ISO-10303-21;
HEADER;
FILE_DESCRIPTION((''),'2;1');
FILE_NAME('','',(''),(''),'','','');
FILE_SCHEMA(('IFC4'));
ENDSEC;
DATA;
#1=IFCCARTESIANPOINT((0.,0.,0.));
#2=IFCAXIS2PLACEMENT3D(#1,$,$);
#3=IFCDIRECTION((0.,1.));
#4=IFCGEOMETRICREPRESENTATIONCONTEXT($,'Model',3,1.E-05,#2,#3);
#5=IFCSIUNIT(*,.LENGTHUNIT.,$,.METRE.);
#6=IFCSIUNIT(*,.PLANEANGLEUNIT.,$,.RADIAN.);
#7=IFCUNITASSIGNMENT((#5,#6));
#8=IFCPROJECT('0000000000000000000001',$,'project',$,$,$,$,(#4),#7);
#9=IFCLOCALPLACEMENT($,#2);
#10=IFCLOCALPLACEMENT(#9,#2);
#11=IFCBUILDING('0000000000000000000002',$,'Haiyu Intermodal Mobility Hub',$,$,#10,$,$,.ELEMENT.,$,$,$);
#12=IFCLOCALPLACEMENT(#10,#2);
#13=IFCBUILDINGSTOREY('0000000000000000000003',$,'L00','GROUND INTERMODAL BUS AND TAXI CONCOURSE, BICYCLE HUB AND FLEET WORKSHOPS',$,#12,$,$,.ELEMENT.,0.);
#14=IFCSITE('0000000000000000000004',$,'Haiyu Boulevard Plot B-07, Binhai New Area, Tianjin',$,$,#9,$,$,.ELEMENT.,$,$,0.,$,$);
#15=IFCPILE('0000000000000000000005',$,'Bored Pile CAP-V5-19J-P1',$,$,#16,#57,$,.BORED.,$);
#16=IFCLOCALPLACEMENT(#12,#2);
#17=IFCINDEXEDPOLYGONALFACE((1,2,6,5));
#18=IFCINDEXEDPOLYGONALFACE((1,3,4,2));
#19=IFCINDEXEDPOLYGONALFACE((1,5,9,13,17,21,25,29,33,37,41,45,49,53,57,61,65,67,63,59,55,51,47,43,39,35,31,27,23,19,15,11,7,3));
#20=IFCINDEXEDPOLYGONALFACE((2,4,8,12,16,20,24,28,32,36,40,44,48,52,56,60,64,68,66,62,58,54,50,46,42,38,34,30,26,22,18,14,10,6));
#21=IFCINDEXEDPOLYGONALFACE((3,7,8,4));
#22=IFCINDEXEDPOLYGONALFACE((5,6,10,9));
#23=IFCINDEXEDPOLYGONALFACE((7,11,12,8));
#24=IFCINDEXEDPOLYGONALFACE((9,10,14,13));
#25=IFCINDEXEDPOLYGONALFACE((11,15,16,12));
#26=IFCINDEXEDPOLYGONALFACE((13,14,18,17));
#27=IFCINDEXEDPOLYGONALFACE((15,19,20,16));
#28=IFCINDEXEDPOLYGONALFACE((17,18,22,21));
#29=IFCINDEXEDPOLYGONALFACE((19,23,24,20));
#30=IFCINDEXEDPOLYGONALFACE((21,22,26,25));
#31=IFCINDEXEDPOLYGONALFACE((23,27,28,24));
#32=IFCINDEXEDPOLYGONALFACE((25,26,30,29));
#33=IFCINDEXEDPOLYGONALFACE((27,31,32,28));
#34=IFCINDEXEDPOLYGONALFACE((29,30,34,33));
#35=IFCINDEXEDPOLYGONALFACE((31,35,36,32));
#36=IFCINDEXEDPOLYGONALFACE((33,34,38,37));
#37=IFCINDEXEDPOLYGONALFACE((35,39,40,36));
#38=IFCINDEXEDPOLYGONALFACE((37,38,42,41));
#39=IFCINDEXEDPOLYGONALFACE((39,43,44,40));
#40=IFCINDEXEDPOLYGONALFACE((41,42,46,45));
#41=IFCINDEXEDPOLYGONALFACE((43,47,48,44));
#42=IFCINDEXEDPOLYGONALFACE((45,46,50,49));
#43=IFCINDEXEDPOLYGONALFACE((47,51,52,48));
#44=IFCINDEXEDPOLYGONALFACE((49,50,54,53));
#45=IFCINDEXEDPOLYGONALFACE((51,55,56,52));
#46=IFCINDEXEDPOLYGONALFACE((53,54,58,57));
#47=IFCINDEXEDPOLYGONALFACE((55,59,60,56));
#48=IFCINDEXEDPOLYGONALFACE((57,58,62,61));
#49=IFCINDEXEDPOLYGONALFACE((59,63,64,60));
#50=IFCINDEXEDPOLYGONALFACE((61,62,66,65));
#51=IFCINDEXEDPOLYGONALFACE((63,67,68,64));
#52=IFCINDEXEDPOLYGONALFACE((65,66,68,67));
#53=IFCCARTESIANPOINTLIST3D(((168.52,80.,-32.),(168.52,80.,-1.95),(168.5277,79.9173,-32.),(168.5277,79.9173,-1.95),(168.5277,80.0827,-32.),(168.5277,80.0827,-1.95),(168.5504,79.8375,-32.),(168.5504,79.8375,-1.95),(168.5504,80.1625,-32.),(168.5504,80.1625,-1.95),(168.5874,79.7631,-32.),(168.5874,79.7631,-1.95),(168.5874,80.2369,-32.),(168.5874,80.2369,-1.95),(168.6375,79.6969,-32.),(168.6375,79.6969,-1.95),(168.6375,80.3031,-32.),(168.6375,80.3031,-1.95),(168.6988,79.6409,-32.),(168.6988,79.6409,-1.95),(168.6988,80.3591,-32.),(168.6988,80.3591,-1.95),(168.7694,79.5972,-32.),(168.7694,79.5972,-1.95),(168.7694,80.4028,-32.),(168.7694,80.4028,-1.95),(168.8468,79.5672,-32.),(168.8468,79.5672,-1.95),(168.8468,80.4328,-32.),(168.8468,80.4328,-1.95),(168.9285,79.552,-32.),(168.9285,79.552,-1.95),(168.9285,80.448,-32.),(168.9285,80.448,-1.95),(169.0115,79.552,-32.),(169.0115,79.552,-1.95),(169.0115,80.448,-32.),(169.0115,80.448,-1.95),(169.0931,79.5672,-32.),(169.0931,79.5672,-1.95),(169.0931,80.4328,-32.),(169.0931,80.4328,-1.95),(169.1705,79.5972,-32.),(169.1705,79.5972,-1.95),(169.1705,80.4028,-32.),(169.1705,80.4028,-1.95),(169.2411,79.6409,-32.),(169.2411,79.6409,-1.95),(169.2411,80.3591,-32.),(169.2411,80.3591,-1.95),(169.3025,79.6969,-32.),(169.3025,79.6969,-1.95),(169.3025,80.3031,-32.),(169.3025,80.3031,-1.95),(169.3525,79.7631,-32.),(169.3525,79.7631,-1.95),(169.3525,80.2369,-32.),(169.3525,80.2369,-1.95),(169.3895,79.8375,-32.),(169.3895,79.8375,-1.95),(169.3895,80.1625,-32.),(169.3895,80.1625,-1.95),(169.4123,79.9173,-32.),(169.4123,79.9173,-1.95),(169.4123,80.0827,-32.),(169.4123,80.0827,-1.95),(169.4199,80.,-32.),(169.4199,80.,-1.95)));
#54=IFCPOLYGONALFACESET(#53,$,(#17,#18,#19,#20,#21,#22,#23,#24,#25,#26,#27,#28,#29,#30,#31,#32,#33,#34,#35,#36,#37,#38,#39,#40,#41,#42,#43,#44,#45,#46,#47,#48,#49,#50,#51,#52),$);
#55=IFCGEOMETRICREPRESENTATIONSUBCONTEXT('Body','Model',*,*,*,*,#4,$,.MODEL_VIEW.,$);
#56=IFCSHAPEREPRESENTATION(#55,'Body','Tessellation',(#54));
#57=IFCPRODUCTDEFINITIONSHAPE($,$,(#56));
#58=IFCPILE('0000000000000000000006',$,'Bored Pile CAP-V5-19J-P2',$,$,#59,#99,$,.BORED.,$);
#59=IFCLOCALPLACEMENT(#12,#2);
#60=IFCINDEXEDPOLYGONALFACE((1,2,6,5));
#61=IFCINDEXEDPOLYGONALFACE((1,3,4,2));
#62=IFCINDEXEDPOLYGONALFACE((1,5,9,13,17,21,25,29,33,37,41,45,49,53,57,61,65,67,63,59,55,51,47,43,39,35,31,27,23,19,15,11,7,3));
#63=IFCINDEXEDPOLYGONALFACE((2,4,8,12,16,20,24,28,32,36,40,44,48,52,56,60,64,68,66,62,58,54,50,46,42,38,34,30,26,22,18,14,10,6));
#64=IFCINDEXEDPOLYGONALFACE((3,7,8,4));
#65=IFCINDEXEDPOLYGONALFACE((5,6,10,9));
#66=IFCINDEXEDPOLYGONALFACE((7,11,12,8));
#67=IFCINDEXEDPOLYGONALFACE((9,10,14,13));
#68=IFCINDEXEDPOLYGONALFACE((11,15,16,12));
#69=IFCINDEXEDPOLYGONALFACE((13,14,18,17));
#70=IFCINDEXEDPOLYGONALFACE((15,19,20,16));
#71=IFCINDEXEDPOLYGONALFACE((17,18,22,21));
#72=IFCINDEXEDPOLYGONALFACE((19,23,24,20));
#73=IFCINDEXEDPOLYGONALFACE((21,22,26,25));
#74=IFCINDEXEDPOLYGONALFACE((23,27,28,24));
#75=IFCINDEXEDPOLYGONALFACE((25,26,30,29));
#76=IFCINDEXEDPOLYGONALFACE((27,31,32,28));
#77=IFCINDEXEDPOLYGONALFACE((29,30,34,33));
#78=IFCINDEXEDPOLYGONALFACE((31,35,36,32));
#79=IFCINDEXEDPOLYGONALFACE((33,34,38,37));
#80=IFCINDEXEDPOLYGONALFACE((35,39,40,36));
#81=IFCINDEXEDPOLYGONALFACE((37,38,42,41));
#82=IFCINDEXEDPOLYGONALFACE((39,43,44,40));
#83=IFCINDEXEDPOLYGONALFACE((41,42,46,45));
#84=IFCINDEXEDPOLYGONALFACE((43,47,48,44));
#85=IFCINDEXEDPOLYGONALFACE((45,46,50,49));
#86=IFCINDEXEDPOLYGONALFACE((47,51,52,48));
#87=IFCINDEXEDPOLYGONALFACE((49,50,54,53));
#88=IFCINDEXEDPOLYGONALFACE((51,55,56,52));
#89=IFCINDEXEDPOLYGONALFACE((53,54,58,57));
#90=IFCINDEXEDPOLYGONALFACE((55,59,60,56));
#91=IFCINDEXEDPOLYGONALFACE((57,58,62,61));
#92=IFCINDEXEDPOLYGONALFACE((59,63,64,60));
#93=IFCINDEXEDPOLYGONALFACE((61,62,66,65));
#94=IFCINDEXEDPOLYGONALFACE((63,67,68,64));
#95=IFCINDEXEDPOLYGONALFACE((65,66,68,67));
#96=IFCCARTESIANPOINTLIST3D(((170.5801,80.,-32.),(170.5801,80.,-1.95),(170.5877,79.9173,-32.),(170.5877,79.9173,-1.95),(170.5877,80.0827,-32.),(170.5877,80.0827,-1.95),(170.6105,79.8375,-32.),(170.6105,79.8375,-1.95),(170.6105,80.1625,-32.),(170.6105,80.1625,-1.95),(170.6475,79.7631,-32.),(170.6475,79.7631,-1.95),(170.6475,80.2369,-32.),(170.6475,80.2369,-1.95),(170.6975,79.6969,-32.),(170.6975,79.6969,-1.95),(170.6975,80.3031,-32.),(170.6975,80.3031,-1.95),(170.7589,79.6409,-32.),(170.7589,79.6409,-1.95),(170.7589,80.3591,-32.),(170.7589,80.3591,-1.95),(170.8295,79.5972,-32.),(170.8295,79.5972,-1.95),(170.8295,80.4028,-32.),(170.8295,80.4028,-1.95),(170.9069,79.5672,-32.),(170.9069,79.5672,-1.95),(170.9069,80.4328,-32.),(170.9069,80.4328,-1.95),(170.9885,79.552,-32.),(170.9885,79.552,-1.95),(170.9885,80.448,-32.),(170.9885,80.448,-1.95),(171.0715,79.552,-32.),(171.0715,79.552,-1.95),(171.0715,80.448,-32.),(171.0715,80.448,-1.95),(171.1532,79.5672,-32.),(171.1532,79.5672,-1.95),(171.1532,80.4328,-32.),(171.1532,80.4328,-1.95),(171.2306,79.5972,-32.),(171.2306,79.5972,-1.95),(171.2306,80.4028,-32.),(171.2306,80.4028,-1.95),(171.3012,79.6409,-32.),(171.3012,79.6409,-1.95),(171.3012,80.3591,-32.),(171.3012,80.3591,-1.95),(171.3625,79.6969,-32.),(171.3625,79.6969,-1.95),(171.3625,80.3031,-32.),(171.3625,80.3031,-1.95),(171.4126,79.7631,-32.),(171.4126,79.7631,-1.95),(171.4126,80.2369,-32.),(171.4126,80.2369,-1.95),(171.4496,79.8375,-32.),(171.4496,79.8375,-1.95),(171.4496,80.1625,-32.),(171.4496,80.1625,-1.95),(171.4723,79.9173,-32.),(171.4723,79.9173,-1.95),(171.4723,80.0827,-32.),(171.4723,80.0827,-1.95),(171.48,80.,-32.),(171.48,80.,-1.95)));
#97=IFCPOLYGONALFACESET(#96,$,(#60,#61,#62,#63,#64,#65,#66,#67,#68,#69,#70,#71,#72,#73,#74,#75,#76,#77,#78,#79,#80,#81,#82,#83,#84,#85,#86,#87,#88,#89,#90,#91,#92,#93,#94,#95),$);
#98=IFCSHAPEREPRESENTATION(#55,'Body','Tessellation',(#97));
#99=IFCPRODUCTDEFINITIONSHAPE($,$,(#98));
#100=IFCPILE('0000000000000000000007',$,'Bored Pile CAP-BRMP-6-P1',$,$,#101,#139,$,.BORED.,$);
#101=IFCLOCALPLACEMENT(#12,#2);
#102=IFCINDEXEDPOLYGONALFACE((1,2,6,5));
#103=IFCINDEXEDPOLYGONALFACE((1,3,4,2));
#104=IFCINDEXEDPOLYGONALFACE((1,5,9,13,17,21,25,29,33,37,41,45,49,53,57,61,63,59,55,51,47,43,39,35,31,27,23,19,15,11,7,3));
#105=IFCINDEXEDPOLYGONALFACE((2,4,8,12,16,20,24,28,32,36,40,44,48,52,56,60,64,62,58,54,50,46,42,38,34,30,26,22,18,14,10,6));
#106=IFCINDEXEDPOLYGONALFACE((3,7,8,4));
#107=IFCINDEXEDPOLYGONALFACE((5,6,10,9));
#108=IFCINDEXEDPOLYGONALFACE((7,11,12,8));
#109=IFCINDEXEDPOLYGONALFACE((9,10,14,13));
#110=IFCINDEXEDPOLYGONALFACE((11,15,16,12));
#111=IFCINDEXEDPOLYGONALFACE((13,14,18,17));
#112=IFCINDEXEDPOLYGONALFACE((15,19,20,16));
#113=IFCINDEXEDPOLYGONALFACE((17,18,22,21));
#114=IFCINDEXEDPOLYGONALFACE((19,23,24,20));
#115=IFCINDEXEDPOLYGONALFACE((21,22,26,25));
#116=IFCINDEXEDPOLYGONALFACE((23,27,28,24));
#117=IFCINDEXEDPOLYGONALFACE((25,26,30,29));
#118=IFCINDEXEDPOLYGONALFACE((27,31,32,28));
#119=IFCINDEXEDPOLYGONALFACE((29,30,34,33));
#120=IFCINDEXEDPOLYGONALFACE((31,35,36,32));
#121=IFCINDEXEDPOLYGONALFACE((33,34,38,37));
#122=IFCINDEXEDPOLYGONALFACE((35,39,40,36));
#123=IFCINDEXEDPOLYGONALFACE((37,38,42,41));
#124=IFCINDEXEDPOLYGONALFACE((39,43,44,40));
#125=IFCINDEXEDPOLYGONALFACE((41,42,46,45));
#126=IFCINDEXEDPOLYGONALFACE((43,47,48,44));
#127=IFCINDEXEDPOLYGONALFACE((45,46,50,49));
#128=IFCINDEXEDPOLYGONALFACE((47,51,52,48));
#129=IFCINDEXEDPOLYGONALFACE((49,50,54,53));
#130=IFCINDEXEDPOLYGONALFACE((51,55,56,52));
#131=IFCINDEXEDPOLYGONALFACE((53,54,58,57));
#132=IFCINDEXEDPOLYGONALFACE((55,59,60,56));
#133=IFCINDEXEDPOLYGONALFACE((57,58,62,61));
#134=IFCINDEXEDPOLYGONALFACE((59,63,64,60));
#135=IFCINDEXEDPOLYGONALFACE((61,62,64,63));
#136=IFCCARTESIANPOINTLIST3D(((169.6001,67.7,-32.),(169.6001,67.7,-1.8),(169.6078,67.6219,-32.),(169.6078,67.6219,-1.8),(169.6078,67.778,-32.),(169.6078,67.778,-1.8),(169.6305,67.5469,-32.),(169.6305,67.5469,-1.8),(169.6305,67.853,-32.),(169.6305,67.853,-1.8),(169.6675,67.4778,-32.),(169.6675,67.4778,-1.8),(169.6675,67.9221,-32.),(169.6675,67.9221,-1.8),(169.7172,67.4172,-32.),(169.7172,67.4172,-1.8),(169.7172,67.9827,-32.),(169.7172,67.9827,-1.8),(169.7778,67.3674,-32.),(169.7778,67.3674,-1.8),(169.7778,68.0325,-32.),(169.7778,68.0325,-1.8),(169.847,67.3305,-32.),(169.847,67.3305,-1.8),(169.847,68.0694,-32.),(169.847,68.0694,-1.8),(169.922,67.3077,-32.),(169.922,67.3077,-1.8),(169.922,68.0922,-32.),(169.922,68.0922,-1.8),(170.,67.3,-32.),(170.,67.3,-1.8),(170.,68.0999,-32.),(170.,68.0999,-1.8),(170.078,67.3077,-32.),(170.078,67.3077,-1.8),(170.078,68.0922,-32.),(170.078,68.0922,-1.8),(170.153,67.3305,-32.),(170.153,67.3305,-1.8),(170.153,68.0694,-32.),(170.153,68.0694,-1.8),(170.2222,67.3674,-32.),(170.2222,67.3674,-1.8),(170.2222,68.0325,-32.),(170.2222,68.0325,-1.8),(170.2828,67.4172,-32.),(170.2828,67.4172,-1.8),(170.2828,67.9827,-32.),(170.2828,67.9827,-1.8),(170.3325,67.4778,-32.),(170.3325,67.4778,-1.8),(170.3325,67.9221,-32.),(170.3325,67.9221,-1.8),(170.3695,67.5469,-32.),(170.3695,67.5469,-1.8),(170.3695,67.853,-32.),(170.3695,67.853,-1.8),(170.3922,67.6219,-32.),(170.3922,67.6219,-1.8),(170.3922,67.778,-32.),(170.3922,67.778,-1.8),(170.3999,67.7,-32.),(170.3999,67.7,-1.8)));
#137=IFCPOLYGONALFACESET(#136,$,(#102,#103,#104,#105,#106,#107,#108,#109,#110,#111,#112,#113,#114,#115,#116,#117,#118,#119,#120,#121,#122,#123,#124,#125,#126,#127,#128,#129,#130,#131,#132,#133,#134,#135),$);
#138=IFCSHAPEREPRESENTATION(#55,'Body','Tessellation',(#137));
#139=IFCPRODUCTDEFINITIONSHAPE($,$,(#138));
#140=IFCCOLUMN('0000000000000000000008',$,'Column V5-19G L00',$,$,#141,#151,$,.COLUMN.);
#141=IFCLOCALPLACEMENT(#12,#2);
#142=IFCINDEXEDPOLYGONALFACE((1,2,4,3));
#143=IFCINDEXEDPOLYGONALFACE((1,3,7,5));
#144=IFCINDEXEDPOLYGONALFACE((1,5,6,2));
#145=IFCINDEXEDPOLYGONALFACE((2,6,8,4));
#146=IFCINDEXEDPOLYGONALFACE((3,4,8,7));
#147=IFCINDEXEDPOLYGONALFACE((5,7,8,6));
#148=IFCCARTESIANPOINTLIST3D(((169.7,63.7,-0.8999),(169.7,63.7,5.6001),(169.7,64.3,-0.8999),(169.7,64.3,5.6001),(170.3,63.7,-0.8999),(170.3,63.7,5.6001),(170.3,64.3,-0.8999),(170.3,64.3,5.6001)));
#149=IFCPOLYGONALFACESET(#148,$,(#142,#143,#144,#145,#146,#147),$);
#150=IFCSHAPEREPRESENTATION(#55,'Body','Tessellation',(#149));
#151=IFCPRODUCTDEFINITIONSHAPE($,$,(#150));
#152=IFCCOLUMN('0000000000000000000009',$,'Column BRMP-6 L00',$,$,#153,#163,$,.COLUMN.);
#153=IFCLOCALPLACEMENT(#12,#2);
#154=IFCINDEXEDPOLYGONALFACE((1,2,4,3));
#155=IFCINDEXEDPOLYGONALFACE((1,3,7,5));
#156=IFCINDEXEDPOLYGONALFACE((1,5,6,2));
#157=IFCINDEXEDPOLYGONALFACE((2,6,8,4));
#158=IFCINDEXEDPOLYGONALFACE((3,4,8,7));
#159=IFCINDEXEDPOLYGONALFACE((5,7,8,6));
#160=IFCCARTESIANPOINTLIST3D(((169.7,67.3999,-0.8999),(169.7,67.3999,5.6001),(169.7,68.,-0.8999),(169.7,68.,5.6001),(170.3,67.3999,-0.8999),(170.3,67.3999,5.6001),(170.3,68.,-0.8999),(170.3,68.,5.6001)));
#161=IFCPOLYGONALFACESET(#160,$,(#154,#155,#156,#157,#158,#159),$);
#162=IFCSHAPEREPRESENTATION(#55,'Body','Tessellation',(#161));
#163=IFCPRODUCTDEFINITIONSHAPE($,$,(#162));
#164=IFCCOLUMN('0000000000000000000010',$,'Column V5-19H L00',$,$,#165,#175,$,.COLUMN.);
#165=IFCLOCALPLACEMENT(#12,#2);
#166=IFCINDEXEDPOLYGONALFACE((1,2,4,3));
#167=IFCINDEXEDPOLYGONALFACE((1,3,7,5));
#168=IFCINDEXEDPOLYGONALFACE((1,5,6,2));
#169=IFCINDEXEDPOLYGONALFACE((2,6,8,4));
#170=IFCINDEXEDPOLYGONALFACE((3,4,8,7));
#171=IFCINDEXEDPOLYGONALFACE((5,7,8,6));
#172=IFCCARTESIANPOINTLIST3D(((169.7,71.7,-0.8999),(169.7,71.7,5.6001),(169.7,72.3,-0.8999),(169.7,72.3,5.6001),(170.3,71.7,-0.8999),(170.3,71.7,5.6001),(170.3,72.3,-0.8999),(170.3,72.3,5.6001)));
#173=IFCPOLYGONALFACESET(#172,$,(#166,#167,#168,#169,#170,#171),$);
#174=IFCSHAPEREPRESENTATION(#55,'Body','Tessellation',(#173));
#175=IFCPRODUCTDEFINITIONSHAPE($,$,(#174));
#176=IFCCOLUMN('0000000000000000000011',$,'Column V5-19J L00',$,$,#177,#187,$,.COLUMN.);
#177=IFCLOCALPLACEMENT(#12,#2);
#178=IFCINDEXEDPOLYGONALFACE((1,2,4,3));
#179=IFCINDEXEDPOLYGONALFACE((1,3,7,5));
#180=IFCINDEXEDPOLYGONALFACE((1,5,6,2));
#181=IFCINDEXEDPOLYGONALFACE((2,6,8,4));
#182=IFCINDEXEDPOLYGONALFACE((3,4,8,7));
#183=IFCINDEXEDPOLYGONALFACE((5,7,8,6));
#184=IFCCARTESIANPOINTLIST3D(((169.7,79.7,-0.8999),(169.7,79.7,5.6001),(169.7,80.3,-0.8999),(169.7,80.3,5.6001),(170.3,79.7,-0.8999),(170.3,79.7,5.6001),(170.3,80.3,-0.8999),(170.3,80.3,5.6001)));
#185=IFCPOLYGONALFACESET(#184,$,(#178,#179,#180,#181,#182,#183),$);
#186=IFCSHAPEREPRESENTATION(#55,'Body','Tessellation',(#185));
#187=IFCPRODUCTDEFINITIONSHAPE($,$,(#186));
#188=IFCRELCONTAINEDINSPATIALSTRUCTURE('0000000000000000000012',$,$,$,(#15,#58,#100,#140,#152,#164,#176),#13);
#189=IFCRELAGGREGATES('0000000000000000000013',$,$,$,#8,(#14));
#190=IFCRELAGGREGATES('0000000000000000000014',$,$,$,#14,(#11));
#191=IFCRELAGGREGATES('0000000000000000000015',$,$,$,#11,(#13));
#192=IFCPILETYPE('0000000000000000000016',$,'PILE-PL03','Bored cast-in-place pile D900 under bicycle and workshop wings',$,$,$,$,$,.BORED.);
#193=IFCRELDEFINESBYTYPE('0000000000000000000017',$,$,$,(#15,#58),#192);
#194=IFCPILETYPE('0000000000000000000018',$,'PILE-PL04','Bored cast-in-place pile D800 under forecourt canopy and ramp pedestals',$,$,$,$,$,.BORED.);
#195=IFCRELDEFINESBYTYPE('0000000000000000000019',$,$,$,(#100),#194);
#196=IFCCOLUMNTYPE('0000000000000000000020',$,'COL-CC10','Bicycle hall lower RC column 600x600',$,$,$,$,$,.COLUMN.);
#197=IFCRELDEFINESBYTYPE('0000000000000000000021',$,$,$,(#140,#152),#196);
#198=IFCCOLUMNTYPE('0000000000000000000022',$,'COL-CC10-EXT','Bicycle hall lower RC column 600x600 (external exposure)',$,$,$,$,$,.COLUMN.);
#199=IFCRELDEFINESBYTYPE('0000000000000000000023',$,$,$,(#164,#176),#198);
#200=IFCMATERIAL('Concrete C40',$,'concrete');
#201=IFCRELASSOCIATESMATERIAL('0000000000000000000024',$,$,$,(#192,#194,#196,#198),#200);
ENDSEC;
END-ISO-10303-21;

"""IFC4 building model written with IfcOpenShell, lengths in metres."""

from ifc_helpers import new_model, si_unit, direction, frame, origin, origin_2d, place, context, subcontext, project, spatial, rectangle, circle, extrude, material, material_profile, profile_set, type_object, element, save


model = new_model("IFC4")

# Units and contexts
model_context = context("Model", 3, precision=1e-05, world=origin(), true_north=direction((0.0, 1.0)))
body_context = subcontext(model_context, "Body", "Model", "MODEL_VIEW")
ifc_project = project(units=[si_unit("LENGTHUNIT", "METRE"), si_unit("PLANEANGLEUNIT", "RADIAN")], contexts=[model_context])

# Site, building, storey
site_placement = place(None, origin())
site = spatial("IfcSite", under=ifc_project, at=site_placement, Name="Haiyu Boulevard Plot B-07, Binhai New Area, Tianjin", CompositionType="ELEMENT", RefElevation=0.0)
building_placement = place(site_placement, origin())
building = spatial("IfcBuilding", under=site, at=building_placement, Name="Haiyu Intermodal Mobility Hub", CompositionType="ELEMENT")
storey_placement = place(building_placement, origin())
storey = spatial("IfcBuildingStorey", under=building, at=storey_placement, Name="L00", Description="GROUND INTERMODAL BUS AND TAXI CONCOURSE, BICYCLE HUB AND FLEET WORKSHOPS", CompositionType="ELEMENT", Elevation=0.0)

# Shared definitions
ifc_material_1 = material(Name="Concrete C40", Category="concrete")

# Piles
ifc_material_profile_1 = material_profile(ifc_material_1, circle(Radius=0.45, at=origin_2d()), Name="PILE-D900")
ifc_profile_set_1 = profile_set([ifc_material_profile_1], Name="Concrete C40")
pile_type_1 = type_object("IfcPileType", Name="PILE-PL03", Description="Bored cast-in-place pile D900 under bicycle and workshop wings", PredefinedType="BORED", material=ifc_profile_set_1)
for number, where, z_axis, x_axis, name in (
    (1, (168.97, 80.0, -1.95), (0.0, 0.0, -1.0), (1.0, 0.0, 0.0), "Bored Pile CAP-V5-19J-P1"),
    (2, (171.03, 80.0, -1.95), (0.0, 0.0, -1.0), (1.0, 0.0, 0.0), "Bored Pile CAP-V5-19J-P2"),
):
    element("IfcPile", number, at=place(storey_placement, frame(where, z_axis=z_axis, x_axis=x_axis)), inside=storey, type_object=pile_type_1, Name=name, PredefinedType="BORED", context=body_context, shape_type="SweptSolid", body=[
        extrude(circle(Radius=0.45, at=origin_2d()), origin(), (0.0, 0.0, 1.0), 30.05),
    ])
ifc_material_profile_2 = material_profile(ifc_material_1, circle(Radius=0.3999, at=origin_2d()), Name="PILE-D800")
ifc_profile_set_2 = profile_set([ifc_material_profile_2], Name="Concrete C40")
pile_type_2 = type_object("IfcPileType", Name="PILE-PL04", Description="Bored cast-in-place pile D800 under forecourt canopy and ramp pedestals", PredefinedType="BORED", material=ifc_profile_set_2)
pile_placement = place(storey_placement, frame((170.0, 67.7, -1.8), z_axis=(0.0, 0.0, -1.0), x_axis=(1.0, 0.0, 0.0)))
element("IfcPile", 3, at=pile_placement, inside=storey, type_object=pile_type_2, Name="Bored Pile CAP-BRMP-6-P1", PredefinedType="BORED", context=body_context, shape_type="SweptSolid", body=[
    extrude(circle(Radius=0.3999, at=origin_2d()), origin(), (0.0, 0.0, 1.0), 30.2),
])

# Columns
ifc_material_profile_3 = material_profile(ifc_material_1, rectangle(XDim=0.6001, YDim=0.6001, at=origin_2d()), Name="RC600x600")
ifc_profile_set_3 = profile_set([ifc_material_profile_3], Name="Concrete C40")
column_type_1 = type_object("IfcColumnType", Name="COL-CC10", Description="Bicycle hall lower RC column 600x600", PredefinedType="COLUMN", material=ifc_profile_set_3)
for number, where, z_axis, x_axis, name in (
    (4, (170.0, 64.0, -0.8999), (0.0, 0.0, 1.0), (1.0, 0.0, 0.0), "Column V5-19G L00"),
    (5, (170.0, 67.7, -0.8999), (0.0, 0.0, 1.0), (1.0, 0.0, 0.0), "Column BRMP-6 L00"),
):
    element("IfcColumn", number, at=place(storey_placement, frame(where, z_axis=z_axis, x_axis=x_axis)), inside=storey, type_object=column_type_1, Name=name, PredefinedType="COLUMN", context=body_context, shape_type="SweptSolid", body=[
        extrude(rectangle(XDim=0.6001, YDim=0.6001, at=origin_2d()), origin(), (0.0, 0.0, 1.0), 6.5),
    ])
ifc_material_profile_4 = material_profile(ifc_material_1, rectangle(XDim=0.6001, YDim=0.6001, at=origin_2d()), Name="RC600x600")
ifc_profile_set_4 = profile_set([ifc_material_profile_4], Name="Concrete C40")
column_type_2 = type_object("IfcColumnType", Name="COL-CC10-EXT", Description="Bicycle hall lower RC column 600x600 (external exposure)", PredefinedType="COLUMN", material=ifc_profile_set_4)
for number, where, z_axis, x_axis, name in (
    (6, (170.0, 72.0, -0.8999), (0.0, 0.0, 1.0), (1.0, 0.0, 0.0), "Column V5-19H L00"),
    (7, (170.0, 80.0, -0.8999), (0.0, 0.0, 1.0), (1.0, 0.0, 0.0), "Column V5-19J L00"),
):
    element("IfcColumn", number, at=place(storey_placement, frame(where, z_axis=z_axis, x_axis=x_axis)), inside=storey, type_object=column_type_2, Name=name, PredefinedType="COLUMN", context=body_context, shape_type="SweptSolid", body=[
        extrude(rectangle(XDim=0.6001, YDim=0.6001, at=origin_2d()), origin(), (0.0, 0.0, 1.0), 6.5),
    ])

save(model, "model.ifc")
